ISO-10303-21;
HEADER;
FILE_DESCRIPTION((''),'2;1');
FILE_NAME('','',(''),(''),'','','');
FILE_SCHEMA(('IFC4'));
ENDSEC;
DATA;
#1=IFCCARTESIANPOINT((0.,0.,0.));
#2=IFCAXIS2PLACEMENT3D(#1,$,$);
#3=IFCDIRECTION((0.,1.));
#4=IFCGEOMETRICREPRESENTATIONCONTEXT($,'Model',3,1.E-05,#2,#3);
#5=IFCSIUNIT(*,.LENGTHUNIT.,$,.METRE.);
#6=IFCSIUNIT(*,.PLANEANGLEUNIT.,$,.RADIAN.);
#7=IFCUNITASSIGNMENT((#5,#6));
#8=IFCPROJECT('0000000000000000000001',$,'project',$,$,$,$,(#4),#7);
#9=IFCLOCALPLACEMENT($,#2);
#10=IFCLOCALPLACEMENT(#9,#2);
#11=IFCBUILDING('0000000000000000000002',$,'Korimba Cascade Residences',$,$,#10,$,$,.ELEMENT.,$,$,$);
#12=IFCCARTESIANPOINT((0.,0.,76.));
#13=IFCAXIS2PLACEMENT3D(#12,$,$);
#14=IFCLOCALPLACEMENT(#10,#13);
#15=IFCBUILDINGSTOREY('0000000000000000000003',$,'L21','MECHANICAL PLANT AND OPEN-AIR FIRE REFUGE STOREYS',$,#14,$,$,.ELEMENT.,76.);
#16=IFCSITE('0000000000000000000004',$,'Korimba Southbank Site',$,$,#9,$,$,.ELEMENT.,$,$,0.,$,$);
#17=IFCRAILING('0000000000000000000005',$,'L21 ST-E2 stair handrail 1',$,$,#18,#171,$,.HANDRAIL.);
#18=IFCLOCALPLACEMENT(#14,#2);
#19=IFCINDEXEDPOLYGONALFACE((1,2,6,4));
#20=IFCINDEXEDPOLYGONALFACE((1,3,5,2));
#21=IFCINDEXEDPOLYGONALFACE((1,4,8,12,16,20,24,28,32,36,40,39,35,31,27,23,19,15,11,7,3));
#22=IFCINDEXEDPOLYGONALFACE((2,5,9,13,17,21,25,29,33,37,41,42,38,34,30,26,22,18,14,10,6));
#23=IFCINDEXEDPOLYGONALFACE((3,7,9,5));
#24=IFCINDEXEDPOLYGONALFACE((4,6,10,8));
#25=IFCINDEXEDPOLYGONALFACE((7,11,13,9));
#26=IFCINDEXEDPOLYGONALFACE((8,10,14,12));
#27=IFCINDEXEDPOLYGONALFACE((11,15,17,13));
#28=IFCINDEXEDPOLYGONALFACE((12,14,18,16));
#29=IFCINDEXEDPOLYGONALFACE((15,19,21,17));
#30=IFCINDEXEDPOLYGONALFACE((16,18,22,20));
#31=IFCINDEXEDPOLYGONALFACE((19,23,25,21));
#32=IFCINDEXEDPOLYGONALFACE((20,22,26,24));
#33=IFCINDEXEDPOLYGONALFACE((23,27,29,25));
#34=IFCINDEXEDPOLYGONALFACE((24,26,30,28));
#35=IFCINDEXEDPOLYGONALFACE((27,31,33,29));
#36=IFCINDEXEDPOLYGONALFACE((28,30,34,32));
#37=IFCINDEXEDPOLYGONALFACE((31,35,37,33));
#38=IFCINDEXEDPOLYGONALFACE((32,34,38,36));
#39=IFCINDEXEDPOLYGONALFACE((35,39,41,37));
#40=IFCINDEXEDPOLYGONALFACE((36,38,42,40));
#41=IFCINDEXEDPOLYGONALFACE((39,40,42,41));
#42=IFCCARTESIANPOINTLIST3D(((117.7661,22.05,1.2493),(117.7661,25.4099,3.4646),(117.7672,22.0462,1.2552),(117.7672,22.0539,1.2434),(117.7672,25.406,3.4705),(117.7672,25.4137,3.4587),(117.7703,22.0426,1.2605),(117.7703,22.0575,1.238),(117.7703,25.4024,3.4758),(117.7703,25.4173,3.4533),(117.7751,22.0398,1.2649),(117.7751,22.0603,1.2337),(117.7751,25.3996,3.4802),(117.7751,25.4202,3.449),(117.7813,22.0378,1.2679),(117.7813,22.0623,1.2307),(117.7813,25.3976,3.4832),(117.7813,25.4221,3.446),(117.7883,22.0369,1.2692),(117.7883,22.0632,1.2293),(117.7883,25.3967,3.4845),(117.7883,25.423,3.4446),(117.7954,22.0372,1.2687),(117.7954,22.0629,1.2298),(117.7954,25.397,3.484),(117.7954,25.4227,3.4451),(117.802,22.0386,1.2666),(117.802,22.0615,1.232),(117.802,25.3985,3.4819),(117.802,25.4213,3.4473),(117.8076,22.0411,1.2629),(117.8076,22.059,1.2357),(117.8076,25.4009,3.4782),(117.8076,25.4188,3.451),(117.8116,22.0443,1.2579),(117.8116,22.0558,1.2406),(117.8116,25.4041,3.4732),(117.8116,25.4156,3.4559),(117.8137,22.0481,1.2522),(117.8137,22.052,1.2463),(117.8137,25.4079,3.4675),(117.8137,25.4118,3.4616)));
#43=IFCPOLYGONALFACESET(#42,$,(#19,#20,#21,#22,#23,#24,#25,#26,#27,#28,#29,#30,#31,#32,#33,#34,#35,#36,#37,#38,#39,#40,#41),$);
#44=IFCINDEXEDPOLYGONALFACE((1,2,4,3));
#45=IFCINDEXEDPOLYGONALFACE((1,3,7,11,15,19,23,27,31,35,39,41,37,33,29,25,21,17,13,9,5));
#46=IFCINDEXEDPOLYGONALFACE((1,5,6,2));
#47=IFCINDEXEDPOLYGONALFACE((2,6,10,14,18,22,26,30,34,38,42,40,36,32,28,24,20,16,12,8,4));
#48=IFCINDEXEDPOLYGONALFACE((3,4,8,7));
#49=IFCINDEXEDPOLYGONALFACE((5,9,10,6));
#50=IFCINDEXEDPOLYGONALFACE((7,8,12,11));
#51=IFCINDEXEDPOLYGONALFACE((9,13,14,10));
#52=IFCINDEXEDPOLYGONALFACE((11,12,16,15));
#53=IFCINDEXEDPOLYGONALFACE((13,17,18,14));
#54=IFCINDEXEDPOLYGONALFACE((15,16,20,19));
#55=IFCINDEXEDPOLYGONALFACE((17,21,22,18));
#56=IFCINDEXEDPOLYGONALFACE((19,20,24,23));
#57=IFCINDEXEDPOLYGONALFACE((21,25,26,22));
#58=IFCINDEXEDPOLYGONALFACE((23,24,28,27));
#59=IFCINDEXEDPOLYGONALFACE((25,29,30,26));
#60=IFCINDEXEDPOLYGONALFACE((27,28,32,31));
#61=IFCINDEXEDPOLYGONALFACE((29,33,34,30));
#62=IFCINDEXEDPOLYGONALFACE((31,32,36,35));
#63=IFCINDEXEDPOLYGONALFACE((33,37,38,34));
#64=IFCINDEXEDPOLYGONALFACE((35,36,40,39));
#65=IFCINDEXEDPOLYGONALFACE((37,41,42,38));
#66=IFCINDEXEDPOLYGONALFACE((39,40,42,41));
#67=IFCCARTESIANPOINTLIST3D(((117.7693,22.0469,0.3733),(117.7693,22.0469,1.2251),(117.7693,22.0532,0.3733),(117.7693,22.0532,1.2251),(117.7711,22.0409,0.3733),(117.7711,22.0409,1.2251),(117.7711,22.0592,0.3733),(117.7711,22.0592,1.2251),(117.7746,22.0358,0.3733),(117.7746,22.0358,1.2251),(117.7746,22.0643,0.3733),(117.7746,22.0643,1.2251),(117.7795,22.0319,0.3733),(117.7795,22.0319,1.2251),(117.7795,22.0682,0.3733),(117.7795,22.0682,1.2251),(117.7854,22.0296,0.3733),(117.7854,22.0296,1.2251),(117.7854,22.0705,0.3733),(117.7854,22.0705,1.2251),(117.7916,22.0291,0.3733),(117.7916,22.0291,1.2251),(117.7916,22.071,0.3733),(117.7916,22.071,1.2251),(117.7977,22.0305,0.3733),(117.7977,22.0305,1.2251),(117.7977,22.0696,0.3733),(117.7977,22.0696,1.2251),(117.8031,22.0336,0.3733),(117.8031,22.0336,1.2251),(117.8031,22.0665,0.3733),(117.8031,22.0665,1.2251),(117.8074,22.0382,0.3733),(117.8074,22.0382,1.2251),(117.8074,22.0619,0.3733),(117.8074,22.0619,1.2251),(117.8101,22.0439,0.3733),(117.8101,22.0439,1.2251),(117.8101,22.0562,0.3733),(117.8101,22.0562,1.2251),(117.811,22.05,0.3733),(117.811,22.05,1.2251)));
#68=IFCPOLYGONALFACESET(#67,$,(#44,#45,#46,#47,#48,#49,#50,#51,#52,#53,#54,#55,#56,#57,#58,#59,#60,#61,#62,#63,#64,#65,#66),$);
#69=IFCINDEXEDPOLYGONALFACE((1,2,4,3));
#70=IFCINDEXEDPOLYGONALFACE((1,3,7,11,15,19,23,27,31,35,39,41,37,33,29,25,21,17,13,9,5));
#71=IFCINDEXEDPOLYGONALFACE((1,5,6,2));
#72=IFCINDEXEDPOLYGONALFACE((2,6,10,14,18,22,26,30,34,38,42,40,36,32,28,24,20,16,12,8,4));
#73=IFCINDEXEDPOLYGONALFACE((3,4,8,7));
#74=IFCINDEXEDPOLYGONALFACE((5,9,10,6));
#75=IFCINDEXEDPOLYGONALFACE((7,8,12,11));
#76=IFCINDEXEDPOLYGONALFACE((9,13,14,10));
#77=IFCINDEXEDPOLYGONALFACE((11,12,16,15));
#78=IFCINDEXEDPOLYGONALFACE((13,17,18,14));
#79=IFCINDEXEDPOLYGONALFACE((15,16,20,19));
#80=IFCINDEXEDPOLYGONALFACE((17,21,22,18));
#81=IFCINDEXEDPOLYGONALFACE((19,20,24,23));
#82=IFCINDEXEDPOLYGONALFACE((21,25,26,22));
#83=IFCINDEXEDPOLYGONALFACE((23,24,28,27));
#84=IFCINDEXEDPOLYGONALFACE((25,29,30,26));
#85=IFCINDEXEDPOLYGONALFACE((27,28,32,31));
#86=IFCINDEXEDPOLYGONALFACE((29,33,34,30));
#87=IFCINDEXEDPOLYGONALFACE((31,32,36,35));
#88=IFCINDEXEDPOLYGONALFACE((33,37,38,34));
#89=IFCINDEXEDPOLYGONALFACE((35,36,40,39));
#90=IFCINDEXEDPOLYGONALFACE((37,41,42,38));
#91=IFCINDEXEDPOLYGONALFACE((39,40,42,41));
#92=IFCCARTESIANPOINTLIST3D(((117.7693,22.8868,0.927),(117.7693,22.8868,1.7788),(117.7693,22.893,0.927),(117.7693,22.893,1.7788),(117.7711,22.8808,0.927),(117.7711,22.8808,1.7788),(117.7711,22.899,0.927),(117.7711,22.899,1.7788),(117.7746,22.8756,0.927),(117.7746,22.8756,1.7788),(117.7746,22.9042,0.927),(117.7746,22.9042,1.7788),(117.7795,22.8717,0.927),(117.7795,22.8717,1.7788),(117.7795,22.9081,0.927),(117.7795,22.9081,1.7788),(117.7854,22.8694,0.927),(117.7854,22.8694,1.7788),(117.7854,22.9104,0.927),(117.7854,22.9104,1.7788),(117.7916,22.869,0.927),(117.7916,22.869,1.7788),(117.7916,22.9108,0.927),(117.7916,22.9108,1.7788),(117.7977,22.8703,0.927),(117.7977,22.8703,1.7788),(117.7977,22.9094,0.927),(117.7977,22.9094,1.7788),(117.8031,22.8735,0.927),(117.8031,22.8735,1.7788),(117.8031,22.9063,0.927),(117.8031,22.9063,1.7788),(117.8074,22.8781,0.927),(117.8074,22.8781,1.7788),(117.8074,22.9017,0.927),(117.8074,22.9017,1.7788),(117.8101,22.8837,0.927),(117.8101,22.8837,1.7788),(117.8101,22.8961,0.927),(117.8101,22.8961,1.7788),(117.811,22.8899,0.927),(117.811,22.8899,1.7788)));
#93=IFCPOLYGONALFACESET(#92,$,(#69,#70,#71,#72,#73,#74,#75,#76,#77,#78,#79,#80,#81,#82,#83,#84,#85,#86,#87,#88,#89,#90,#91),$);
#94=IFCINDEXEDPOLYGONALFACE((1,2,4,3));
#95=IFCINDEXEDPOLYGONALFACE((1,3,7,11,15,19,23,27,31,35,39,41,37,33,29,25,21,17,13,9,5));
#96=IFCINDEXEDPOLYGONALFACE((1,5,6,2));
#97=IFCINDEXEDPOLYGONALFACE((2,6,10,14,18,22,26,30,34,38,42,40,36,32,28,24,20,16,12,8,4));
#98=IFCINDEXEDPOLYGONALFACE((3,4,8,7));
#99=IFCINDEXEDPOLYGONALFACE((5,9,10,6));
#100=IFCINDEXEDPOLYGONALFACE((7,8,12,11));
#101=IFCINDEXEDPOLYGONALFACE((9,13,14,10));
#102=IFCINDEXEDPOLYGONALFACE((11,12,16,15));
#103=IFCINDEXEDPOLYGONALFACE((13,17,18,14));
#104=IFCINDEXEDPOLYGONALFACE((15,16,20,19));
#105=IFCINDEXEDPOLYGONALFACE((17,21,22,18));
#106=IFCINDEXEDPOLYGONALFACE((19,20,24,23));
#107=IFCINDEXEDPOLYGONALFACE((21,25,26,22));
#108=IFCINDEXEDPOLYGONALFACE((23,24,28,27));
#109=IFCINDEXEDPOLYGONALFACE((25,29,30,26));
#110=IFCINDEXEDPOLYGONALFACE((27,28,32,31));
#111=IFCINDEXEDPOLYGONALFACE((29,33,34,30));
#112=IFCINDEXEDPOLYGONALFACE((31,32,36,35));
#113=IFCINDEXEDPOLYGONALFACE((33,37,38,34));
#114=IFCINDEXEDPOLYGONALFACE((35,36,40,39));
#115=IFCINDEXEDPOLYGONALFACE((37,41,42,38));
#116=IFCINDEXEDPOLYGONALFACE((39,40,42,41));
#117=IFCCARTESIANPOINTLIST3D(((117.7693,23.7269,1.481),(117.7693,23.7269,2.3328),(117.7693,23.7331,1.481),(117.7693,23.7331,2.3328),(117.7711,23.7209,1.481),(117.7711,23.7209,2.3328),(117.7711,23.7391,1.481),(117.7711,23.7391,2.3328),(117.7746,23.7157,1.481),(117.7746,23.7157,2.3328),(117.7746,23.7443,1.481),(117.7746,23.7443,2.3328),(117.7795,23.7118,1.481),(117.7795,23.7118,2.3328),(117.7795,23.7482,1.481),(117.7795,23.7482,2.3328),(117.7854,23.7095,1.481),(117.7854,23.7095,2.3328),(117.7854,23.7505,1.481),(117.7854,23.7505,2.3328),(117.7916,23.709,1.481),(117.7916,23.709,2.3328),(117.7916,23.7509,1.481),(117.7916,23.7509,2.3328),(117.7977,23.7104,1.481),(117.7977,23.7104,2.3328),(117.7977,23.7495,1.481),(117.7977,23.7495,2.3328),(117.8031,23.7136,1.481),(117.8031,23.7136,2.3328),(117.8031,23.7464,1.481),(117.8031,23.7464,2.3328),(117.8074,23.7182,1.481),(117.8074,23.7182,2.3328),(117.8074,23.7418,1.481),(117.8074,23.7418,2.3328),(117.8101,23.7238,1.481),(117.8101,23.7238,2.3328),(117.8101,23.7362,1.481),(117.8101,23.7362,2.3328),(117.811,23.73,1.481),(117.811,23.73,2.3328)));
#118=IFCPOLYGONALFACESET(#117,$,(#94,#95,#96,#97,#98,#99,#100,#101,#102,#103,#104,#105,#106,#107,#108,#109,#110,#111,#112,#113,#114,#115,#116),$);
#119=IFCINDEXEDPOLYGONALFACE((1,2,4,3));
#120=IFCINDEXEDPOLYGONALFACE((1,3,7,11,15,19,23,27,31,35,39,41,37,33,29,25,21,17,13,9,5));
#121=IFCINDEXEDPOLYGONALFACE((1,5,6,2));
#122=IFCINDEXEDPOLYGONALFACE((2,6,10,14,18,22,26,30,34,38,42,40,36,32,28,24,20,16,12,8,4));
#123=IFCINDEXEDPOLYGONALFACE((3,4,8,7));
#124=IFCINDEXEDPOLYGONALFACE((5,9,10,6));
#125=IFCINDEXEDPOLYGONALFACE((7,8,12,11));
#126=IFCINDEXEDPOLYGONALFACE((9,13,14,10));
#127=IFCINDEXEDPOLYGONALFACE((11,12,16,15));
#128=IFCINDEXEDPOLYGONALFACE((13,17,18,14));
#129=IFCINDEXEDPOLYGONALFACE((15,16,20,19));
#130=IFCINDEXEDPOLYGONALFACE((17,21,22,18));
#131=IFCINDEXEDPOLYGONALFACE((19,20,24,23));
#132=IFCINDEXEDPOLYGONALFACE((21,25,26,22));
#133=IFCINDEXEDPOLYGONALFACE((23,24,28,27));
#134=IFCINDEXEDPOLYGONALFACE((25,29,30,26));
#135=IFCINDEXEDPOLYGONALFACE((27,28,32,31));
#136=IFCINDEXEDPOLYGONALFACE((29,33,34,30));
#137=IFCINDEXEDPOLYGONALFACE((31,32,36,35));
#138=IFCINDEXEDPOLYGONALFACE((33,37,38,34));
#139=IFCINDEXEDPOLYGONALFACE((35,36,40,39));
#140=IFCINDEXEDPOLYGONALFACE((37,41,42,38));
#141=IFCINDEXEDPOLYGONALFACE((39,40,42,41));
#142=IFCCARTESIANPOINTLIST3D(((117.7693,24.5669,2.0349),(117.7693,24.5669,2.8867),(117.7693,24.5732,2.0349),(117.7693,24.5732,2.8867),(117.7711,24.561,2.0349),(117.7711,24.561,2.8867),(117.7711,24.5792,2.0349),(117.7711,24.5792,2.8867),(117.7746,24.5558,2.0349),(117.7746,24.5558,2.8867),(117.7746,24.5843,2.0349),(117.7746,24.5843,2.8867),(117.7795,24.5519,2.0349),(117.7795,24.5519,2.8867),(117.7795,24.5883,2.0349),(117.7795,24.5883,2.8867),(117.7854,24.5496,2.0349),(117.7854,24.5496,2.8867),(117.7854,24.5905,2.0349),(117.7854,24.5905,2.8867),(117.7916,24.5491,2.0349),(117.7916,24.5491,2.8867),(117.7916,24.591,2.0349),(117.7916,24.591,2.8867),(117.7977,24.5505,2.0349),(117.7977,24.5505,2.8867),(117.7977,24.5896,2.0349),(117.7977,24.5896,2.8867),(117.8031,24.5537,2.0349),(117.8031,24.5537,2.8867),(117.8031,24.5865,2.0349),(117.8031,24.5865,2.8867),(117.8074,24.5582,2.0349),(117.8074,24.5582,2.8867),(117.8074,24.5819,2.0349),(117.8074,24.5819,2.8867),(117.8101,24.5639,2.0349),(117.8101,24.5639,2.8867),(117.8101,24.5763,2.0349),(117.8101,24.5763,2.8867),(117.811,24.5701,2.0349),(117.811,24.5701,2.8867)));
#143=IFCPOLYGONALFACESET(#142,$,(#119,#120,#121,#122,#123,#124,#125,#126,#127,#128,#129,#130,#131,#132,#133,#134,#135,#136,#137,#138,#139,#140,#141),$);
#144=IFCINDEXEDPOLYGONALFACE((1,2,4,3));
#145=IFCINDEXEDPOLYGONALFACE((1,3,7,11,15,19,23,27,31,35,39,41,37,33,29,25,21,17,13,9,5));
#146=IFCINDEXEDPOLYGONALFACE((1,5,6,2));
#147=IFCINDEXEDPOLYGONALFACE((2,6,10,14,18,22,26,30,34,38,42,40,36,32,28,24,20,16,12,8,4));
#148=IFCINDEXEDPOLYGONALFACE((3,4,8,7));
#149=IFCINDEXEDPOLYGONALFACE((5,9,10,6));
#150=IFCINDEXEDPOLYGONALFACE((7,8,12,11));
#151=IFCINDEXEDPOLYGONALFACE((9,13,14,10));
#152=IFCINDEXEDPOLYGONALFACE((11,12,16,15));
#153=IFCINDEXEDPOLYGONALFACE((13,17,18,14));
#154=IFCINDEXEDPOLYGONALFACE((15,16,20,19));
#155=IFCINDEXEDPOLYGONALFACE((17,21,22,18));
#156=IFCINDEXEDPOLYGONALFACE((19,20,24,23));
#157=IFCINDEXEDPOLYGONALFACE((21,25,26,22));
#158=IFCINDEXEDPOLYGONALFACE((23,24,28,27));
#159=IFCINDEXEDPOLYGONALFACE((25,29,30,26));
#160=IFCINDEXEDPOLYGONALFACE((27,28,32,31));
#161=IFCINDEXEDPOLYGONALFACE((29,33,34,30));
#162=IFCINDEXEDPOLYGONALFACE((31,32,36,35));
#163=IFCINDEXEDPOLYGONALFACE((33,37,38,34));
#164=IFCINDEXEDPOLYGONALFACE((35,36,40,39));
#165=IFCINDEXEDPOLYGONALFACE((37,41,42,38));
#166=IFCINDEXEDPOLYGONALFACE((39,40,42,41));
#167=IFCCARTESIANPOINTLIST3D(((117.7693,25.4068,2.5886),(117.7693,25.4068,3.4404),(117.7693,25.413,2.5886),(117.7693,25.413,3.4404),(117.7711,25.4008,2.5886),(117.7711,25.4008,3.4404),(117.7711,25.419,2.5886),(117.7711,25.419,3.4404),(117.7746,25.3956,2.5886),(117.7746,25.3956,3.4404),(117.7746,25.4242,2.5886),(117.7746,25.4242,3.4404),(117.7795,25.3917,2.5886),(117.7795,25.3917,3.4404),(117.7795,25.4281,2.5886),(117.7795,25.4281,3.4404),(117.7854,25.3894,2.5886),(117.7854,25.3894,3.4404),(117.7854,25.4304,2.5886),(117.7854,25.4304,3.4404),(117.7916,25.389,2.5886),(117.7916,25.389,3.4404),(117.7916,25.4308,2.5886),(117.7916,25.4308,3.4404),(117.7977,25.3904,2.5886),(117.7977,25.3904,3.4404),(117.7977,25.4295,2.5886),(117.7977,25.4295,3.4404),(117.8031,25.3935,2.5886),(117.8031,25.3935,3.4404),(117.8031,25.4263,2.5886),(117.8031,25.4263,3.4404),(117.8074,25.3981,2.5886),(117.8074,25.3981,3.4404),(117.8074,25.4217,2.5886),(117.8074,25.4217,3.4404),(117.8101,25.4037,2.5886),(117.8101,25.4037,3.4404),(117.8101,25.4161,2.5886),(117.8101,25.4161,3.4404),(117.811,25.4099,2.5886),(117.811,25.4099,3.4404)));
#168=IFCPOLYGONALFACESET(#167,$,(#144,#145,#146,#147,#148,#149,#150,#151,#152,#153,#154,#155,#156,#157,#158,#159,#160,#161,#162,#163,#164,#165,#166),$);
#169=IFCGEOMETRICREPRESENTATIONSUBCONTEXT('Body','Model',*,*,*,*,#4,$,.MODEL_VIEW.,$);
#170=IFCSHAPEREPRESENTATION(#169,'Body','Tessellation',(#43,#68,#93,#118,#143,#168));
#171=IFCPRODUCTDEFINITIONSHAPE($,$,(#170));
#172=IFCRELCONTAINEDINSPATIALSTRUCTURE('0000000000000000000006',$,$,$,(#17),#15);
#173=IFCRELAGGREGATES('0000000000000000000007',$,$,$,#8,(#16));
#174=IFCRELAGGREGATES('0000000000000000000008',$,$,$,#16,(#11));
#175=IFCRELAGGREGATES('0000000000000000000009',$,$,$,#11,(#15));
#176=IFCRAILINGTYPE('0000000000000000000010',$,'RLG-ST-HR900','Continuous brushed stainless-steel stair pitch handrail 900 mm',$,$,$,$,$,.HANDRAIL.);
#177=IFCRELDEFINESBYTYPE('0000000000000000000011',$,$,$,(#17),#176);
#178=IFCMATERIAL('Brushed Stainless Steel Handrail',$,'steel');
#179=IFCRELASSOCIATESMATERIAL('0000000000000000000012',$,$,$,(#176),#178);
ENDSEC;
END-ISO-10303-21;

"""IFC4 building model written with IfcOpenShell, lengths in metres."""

from ifc_helpers import new_model, si_unit, direction, frame, origin, origin_2d, place, context, subcontext, project, spatial, circle, extrude, material, type_object, element, save


model = new_model("IFC4")

# Units and contexts
model_context = context("Model", 3, precision=1e-05, world=origin(), true_north=direction((0.0, 1.0)))
body_context = subcontext(model_context, "Body", "Model", "MODEL_VIEW")
ifc_project = project(units=[si_unit("LENGTHUNIT", "METRE"), si_unit("PLANEANGLEUNIT", "RADIAN")], contexts=[model_context])

# Site, building, storey
site_placement = place(None, origin())
site = spatial("IfcSite", under=ifc_project, at=site_placement, Name="Korimba Southbank Site", CompositionType="ELEMENT", RefElevation=0.0)
building_placement = place(site_placement, origin())
building = spatial("IfcBuilding", under=site, at=building_placement, Name="Korimba Cascade Residences", CompositionType="ELEMENT")
storey_placement = place(building_placement, frame((0.0, 0.0, 76.0)))
storey = spatial("IfcBuildingStorey", under=building, at=storey_placement, Name="L21", Description="MECHANICAL PLANT AND OPEN-AIR FIRE REFUGE STOREYS", CompositionType="ELEMENT", Elevation=76.0)

# Railing
ifc_material_1 = material(Name="Brushed Stainless Steel Handrail", Category="steel")
railing_type_1 = type_object("IfcRailingType", Name="RLG-ST-HR900", Description="Continuous brushed stainless-steel stair pitch handrail 900 mm", PredefinedType="HANDRAIL", material=ifc_material_1)
railing_1_placement = place(storey_placement, frame((117.79, 22.05, 0.3733)))
element("IfcRailing", 1, at=railing_1_placement, inside=storey, type_object=railing_type_1, Name="L21 ST-E2 stair handrail 1", PredefinedType="HANDRAIL", context=body_context, shape_type="SweptSolid", body=[
    extrude(circle(Radius=0.0239, at=origin_2d()), frame((0.0, 0.0, 0.876), z_axis=(0.0, 0.834858, 0.550465), x_axis=(-1.0, 0.0, 0.0)), (0.0, 0.0, 1.0), 4.0244),
    extrude(circle(Radius=0.021, at=origin_2d()), origin(), (0.0, 0.0, 1.0), 0.8518),
    extrude(circle(Radius=0.021, at=origin_2d()), frame((0.0, 0.8398, 0.5537)), (0.0, 0.0, 1.0), 0.8518),
    extrude(circle(Radius=0.021, at=origin_2d()), frame((0.0, 1.6799, 1.1077)), (0.0, 0.0, 1.0), 0.8518),
    extrude(circle(Radius=0.021, at=origin_2d()), frame((0.0, 2.52, 1.6616)), (0.0, 0.0, 1.0), 0.8518),
    extrude(circle(Radius=0.021, at=origin_2d()), frame((0.0, 3.3599, 2.2153)), (0.0, 0.0, 1.0), 0.8518),
])

save(model, "model.ifc")
